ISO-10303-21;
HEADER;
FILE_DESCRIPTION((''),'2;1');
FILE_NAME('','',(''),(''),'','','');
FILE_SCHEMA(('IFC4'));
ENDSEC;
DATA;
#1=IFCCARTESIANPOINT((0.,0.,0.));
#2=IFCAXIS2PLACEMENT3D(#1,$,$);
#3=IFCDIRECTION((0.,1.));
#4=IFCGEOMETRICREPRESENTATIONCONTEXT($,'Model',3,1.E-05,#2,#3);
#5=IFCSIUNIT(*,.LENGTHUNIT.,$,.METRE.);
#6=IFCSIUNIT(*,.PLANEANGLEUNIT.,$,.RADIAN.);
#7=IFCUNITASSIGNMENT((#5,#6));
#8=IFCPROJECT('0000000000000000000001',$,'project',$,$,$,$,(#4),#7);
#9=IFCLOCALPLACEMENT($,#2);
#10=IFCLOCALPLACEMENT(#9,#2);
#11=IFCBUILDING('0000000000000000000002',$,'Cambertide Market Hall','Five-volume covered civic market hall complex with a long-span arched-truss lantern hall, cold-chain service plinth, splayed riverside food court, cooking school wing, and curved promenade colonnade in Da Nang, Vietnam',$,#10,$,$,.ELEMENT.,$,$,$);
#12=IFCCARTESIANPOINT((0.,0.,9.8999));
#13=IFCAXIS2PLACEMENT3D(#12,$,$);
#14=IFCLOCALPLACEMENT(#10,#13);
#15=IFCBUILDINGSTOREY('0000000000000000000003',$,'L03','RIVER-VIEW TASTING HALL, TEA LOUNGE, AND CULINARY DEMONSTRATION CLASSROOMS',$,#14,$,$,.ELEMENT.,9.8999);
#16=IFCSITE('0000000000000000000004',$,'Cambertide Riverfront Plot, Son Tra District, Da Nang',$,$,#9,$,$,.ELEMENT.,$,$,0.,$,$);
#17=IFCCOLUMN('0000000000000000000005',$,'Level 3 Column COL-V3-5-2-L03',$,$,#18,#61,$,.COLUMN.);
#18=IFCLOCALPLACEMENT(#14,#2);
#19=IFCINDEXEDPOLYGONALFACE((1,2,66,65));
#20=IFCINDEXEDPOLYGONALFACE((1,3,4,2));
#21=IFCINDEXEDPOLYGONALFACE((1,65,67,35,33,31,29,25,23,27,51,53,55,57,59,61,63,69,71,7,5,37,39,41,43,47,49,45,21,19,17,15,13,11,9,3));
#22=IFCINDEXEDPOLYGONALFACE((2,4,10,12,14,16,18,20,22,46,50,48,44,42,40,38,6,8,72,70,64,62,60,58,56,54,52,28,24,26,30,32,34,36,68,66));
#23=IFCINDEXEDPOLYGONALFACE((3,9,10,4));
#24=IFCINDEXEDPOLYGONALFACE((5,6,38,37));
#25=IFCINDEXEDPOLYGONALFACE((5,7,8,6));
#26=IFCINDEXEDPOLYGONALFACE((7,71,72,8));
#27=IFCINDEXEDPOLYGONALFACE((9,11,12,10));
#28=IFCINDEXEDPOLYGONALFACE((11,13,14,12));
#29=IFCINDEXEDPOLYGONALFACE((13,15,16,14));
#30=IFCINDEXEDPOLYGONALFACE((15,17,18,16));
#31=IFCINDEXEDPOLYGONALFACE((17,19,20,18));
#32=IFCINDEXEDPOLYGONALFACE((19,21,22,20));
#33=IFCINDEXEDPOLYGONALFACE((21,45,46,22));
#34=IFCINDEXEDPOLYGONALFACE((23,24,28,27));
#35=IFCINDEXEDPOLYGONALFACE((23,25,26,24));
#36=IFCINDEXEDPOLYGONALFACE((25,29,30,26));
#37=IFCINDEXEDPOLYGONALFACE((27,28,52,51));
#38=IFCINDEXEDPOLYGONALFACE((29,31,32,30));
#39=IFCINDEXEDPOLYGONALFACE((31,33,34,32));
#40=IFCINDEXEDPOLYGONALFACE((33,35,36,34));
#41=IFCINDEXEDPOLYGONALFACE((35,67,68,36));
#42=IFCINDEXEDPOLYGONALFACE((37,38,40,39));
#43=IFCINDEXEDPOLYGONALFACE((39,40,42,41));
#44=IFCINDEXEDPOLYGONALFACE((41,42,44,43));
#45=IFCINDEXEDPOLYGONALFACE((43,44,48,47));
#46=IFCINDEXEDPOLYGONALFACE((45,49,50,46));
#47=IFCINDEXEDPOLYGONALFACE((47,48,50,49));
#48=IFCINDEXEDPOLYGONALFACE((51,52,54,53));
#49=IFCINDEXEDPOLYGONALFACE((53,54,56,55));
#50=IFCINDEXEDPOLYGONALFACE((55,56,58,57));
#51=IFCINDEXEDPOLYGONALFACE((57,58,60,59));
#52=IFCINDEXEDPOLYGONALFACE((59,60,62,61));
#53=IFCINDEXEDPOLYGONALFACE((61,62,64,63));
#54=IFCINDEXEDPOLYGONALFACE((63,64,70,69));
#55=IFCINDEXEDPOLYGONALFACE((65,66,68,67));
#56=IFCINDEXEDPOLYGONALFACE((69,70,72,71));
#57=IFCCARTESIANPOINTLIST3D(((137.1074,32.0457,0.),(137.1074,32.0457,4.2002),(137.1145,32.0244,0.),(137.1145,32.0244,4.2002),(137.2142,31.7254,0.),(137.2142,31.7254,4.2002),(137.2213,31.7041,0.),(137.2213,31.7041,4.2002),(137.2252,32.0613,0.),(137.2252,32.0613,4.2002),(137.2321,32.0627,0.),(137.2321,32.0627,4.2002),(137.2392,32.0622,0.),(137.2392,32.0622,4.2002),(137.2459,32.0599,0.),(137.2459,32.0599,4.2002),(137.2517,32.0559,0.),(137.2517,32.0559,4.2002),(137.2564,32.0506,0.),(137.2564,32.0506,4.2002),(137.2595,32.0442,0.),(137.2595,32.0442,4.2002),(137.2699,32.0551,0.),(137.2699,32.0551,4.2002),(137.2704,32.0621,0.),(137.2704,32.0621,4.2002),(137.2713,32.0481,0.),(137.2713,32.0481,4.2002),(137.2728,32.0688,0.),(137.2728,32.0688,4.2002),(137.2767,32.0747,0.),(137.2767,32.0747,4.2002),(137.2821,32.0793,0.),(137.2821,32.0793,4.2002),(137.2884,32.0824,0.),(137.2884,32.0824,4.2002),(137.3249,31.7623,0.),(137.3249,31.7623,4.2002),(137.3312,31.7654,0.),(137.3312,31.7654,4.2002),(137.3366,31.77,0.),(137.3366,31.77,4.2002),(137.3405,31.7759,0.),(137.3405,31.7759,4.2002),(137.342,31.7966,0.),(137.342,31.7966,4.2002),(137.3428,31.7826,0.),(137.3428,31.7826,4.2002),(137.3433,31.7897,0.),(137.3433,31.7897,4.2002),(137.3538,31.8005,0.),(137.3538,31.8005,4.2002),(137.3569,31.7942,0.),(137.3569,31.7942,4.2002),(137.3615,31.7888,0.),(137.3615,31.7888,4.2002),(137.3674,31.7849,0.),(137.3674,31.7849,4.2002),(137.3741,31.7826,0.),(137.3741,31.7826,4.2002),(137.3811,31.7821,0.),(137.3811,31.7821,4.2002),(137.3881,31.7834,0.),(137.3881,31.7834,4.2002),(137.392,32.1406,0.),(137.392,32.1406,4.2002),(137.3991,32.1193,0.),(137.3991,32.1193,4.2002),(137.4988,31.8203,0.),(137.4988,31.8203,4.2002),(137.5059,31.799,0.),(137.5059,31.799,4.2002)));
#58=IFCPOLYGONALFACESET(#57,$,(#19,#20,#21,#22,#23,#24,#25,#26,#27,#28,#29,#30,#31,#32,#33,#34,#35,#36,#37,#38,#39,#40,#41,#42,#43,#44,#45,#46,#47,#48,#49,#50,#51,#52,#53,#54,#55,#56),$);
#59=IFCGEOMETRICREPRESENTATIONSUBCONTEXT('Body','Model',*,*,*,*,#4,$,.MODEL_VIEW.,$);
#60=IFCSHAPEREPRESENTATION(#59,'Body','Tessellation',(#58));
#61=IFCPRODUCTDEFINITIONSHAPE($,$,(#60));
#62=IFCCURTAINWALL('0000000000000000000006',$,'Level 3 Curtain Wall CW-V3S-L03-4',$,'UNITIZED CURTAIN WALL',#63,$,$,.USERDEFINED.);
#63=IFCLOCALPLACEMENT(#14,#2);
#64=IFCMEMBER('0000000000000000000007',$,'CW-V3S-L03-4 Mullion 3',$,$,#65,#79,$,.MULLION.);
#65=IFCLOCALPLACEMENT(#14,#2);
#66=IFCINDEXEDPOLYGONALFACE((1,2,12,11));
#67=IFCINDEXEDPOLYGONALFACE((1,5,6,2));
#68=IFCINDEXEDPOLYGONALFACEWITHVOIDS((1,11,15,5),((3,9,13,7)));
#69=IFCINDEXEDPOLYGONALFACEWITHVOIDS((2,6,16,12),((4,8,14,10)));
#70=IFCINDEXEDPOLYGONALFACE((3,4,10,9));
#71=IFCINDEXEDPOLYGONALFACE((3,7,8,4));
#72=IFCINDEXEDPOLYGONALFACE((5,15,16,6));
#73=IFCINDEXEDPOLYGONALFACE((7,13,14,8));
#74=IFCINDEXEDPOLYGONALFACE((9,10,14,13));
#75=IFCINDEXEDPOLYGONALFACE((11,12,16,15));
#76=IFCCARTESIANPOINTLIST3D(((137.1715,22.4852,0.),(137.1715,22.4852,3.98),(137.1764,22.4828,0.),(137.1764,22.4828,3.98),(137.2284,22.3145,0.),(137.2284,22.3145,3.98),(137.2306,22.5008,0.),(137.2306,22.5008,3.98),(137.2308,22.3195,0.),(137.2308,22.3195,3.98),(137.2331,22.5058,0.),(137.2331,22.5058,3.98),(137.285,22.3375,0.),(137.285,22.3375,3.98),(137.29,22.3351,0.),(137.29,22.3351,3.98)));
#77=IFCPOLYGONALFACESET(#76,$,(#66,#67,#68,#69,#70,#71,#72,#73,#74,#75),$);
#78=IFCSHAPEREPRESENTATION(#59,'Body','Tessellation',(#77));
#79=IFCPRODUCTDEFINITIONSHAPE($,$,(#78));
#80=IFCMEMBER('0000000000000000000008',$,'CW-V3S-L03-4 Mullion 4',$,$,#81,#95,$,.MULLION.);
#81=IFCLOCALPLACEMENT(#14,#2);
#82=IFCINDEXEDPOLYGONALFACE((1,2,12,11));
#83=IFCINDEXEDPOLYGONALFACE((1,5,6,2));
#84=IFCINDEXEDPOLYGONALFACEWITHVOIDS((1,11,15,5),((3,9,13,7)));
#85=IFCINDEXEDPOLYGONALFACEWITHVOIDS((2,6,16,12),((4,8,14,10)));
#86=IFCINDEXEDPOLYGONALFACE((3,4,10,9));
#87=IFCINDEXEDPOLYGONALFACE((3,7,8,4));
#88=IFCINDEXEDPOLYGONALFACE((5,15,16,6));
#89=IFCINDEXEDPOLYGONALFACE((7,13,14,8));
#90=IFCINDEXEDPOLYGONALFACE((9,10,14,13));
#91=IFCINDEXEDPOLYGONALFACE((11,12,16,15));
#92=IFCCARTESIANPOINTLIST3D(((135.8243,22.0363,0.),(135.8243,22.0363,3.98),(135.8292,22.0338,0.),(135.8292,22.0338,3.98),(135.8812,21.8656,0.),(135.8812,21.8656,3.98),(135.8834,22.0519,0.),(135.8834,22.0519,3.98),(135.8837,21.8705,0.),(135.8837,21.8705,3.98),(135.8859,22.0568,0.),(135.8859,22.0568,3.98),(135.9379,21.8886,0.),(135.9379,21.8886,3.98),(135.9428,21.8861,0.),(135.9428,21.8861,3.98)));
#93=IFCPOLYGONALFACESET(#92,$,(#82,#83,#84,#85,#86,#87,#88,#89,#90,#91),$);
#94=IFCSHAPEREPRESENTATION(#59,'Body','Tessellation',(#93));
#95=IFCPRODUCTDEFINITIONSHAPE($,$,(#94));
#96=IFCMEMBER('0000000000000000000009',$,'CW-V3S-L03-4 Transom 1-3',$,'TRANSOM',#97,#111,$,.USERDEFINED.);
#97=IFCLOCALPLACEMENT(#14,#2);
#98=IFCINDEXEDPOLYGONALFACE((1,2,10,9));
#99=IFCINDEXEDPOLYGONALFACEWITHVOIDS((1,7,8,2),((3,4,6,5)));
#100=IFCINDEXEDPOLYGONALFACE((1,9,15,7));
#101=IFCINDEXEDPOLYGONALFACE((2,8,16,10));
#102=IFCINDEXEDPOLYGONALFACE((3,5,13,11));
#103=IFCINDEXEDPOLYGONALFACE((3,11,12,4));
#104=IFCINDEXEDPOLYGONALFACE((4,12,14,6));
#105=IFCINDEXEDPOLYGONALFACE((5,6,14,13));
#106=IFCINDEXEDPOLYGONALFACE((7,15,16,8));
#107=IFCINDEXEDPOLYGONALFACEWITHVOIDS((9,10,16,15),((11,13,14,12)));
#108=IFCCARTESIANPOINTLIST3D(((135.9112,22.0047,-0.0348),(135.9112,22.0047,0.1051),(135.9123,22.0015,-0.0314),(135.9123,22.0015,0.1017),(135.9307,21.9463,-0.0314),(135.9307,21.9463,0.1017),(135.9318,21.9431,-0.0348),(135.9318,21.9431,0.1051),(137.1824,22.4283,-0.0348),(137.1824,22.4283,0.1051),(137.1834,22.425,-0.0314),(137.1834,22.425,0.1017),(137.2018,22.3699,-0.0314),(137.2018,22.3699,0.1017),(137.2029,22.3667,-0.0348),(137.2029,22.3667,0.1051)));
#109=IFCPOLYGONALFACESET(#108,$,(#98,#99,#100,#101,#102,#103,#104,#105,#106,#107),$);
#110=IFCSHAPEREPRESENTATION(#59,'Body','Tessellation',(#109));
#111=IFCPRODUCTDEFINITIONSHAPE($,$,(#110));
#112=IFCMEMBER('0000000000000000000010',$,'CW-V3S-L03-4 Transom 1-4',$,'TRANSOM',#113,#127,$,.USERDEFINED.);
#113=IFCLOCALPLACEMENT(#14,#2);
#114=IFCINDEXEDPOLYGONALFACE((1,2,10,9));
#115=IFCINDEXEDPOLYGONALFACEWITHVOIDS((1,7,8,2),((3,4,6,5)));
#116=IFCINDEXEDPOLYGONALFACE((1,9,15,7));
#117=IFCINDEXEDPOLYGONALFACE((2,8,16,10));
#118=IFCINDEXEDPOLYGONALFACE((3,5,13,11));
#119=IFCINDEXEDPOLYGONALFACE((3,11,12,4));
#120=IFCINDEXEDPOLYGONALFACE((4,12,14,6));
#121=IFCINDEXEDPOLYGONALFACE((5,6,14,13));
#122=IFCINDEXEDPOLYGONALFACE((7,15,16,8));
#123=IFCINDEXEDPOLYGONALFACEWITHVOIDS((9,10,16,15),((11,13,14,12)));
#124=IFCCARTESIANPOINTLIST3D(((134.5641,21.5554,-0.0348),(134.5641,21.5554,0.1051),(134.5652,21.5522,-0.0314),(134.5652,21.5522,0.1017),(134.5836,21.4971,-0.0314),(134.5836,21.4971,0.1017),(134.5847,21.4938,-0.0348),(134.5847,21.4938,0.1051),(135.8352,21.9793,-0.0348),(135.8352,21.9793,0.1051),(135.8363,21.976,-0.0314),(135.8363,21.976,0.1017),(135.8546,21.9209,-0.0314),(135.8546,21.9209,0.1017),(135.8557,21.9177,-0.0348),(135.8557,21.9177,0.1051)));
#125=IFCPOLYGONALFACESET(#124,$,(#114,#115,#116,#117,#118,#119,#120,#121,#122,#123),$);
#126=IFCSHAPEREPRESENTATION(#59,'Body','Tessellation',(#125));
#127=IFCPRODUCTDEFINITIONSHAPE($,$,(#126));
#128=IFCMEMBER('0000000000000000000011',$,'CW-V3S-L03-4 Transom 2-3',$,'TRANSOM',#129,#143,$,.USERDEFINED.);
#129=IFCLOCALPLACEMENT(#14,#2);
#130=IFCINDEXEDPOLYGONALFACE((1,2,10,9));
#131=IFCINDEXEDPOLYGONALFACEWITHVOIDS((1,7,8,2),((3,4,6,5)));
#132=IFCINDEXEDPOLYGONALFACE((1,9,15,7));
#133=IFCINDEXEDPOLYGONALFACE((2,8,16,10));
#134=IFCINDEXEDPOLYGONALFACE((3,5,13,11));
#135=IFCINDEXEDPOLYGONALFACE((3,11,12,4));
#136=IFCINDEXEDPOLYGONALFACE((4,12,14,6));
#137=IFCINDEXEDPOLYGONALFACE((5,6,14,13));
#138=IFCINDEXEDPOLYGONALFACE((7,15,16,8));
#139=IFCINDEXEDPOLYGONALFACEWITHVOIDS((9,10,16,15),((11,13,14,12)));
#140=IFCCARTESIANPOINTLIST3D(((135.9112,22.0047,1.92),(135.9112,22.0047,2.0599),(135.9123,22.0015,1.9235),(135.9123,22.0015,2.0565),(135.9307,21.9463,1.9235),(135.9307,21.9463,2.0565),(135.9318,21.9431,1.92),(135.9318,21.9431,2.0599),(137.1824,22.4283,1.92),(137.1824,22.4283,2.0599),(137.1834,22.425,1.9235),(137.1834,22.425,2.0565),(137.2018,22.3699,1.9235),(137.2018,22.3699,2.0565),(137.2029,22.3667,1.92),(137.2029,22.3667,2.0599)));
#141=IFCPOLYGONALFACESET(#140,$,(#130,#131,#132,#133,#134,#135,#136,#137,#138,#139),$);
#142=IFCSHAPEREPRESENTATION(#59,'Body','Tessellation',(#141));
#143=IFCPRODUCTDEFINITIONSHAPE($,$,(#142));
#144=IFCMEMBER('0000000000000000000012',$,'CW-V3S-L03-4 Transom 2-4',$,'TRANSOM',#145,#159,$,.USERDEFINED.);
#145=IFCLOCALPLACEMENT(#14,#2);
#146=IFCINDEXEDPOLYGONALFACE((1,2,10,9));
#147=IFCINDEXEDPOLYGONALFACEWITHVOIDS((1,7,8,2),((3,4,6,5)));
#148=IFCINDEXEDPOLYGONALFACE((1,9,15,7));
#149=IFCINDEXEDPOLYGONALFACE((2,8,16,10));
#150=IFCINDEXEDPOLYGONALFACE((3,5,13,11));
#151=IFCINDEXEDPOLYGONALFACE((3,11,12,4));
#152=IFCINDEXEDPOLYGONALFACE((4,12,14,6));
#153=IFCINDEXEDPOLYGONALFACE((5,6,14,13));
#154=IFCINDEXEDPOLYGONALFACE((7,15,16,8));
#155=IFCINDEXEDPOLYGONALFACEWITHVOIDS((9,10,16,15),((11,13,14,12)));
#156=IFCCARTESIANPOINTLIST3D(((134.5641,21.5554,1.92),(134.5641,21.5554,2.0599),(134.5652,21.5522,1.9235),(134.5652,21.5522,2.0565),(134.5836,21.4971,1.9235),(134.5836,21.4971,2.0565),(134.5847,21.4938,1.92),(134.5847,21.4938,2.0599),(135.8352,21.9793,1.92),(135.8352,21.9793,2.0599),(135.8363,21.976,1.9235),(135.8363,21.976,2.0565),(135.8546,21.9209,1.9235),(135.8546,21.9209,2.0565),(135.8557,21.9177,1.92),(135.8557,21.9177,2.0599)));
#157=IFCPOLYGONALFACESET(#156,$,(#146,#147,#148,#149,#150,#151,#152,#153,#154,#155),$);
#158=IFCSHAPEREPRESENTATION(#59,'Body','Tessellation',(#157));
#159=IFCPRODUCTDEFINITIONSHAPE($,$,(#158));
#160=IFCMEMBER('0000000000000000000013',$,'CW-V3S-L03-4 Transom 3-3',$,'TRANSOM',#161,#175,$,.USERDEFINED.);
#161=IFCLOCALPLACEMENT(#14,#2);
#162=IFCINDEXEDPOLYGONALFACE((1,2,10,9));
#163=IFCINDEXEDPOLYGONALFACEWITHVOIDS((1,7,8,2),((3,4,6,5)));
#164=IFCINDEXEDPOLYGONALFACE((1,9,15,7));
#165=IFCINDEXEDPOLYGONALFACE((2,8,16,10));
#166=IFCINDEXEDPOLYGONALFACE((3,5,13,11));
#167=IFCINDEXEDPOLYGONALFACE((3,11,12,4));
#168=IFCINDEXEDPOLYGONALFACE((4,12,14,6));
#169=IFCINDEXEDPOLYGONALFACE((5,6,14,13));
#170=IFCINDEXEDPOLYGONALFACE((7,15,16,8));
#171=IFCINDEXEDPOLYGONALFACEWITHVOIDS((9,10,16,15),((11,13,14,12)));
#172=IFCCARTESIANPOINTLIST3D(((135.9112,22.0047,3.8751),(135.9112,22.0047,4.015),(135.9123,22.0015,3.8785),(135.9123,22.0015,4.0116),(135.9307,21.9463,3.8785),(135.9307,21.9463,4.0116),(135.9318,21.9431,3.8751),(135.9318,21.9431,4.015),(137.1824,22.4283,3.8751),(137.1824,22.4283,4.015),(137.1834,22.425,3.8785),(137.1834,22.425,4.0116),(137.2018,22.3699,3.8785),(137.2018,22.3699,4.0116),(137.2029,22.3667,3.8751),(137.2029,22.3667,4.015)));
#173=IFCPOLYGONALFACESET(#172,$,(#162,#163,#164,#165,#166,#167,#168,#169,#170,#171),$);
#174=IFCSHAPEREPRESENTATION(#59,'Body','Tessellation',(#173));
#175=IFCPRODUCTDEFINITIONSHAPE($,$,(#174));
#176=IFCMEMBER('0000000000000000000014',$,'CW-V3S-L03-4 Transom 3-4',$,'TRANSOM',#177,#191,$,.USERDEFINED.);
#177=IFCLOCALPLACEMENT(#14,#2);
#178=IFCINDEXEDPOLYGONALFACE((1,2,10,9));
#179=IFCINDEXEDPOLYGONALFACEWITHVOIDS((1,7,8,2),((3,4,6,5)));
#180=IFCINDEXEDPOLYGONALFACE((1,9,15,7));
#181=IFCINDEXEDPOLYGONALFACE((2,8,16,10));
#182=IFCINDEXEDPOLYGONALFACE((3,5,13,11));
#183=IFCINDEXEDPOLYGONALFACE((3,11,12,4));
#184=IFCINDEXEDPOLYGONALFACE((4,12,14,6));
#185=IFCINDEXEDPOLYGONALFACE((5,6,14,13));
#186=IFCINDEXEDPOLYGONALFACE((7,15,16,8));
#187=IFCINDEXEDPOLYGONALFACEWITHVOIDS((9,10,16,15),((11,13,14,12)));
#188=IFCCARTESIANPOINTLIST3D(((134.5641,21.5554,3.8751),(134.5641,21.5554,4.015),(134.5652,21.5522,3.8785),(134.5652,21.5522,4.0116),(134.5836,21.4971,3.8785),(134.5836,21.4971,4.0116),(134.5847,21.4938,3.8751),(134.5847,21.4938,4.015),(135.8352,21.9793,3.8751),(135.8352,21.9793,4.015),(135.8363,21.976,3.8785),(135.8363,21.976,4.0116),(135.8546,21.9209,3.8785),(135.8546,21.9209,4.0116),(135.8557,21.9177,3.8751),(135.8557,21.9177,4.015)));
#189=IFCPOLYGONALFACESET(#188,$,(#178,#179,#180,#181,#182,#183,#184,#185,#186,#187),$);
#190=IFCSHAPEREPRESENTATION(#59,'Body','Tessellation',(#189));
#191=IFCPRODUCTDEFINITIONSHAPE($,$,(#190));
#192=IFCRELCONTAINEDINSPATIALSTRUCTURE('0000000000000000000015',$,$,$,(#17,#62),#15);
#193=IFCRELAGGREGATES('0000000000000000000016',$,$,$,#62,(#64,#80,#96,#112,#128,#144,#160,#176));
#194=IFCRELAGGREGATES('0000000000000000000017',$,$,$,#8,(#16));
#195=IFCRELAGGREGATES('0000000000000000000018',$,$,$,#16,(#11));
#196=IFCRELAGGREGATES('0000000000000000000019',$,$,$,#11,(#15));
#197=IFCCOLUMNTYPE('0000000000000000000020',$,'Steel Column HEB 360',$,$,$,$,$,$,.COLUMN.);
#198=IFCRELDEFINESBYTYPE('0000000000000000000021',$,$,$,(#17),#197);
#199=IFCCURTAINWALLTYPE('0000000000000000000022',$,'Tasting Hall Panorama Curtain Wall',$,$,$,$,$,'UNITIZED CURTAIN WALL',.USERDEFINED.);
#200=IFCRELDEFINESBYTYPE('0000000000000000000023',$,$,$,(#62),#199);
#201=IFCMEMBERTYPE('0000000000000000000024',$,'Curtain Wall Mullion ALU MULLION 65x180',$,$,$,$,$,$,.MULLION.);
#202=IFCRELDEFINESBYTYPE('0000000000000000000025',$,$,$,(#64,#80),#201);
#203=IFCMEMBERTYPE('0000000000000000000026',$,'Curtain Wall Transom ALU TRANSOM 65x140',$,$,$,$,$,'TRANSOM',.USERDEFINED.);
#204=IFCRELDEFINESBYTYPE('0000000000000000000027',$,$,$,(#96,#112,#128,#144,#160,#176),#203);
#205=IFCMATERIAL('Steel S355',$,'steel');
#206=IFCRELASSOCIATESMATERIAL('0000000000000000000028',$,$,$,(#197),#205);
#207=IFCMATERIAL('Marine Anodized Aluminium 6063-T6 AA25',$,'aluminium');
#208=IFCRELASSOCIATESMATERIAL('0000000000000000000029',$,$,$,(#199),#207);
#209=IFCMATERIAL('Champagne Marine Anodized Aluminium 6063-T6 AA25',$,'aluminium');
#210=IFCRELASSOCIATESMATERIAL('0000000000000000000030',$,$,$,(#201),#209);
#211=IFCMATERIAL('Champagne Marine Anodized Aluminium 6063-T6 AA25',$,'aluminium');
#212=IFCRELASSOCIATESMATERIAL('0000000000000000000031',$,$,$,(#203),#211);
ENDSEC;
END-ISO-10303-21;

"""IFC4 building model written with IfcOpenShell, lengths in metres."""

from ifc_helpers import new_model, si_unit, direction, frame, origin, origin_2d, place, context, subcontext, project, spatial, hollow_rectangle, i_section, extrude, material, material_profile, profile_set, type_object, element, aggregate, save


model = new_model("IFC4")

# Units and contexts
model_context = context("Model", 3, precision=1e-05, world=origin(), true_north=direction((0.0, 1.0)))
body_context = subcontext(model_context, "Body", "Model", "MODEL_VIEW")
ifc_project = project(units=[si_unit("LENGTHUNIT", "METRE"), si_unit("PLANEANGLEUNIT", "RADIAN")], contexts=[model_context])

# Site, building, storey
site_placement = place(None, origin())
site = spatial("IfcSite", under=ifc_project, at=site_placement, Name="Cambertide Riverfront Plot, Son Tra District, Da Nang", CompositionType="ELEMENT", RefElevation=0.0)
building_placement = place(site_placement, origin())
building = spatial("IfcBuilding", under=site, at=building_placement, Name="Cambertide Market Hall", Description="Five-volume covered civic market hall complex with a long-span arched-truss lantern hall, cold-chain service plinth, splayed riverside food court, cooking school wing, and curved promenade colonnade in Da Nang, Vietnam", CompositionType="ELEMENT")
storey_placement = place(building_placement, frame((0.0, 0.0, 9.8999)))
storey = spatial("IfcBuildingStorey", under=building, at=storey_placement, Name="L03", Description="RIVER-VIEW TASTING HALL, TEA LOUNGE, AND CULINARY DEMONSTRATION CLASSROOMS", CompositionType="ELEMENT", Elevation=9.8999)

# Column
ifc_material_1 = material(Name="Steel S355", Category="steel")
ifc_material_profile_1 = material_profile(ifc_material_1, i_section(OverallWidth=0.3, OverallDepth=0.3601, WebThickness=0.0125, FlangeThickness=0.0225, FilletRadius=0.0271, at=origin_2d()), Name="HEB 360")
ifc_profile_set_1 = profile_set([ifc_material_profile_1], Name="Steel S355")
column_type = type_object("IfcColumnType", Name="Steel Column HEB 360", PredefinedType="COLUMN", material=ifc_profile_set_1)
column_placement = place(storey_placement, frame((137.3066, 31.9224, 0.0), z_axis=(0.0, 0.0, 1.0), x_axis=(0.948683, 0.316228, 0.0)))
element("IfcColumn", 1, at=column_placement, inside=storey, type_object=column_type, Name="Level 3 Column COL-V3-5-2-L03", PredefinedType="COLUMN", context=body_context, shape_type="SweptSolid", body=[
    extrude(i_section(OverallWidth=0.3, OverallDepth=0.3601, WebThickness=0.0125, FlangeThickness=0.0225, FilletRadius=0.0271, at=origin_2d()), origin(), (0.0, 0.0, 1.0), 4.2002),
])

# Curtain wall, members
ifc_material_2 = material(Name="Marine Anodized Aluminium 6063-T6 AA25", Category="aluminium")
curtain_wall_type = type_object("IfcCurtainWallType", Name="Tasting Hall Panorama Curtain Wall", ElementType="UNITIZED CURTAIN WALL", PredefinedType="USERDEFINED", material=ifc_material_2)
curtain_wall_placement = place(storey_placement, origin())
curtain_wall = element("IfcCurtainWall", 2, at=curtain_wall_placement, inside=storey, type_object=curtain_wall_type, Name="Level 3 Curtain Wall CW-V3S-L03-4", ObjectType="UNITIZED CURTAIN WALL", PredefinedType="USERDEFINED")
ifc_material_3 = material(Name="Champagne Marine Anodized Aluminium 6063-T6 AA25", Category="aluminium")
ifc_material_profile_2 = material_profile(ifc_material_3, hollow_rectangle(XDim=0.0649, YDim=0.1799, WallThickness=0.0039, at=origin_2d()), Name="ALU MULLION 65x180")
ifc_profile_set_2 = profile_set([ifc_material_profile_2], Name="Champagne Marine Anodized Aluminium 6063-T6 AA25")
member_type_1 = type_object("IfcMemberType", Name="Curtain Wall Mullion ALU MULLION 65x180", PredefinedType="MULLION", material=ifc_profile_set_2)
member_1_placement = place(storey_placement, frame((137.2307, 22.4102, 0.0), z_axis=(0.0, 0.0, 1.0), x_axis=(-0.948683, -0.316228, 0.0)))
member_1 = element("IfcMember", 3, at=member_1_placement, type_object=member_type_1, Name="CW-V3S-L03-4 Mullion 3", PredefinedType="MULLION", context=body_context, shape_type="SweptSolid", body=[
    extrude(hollow_rectangle(XDim=0.0649, YDim=0.1799, WallThickness=0.0039, at=origin_2d()), origin(), (0.0, 0.0, 1.0), 3.98),
])
member_2_placement = place(storey_placement, frame((135.8835, 21.9612, 0.0), z_axis=(0.0, 0.0, 1.0), x_axis=(-0.948683, -0.316228, 0.0)))
member_2 = element("IfcMember", 4, at=member_2_placement, type_object=member_type_1, Name="CW-V3S-L03-4 Mullion 4", PredefinedType="MULLION", context=body_context, shape_type="SweptSolid", body=[
    extrude(hollow_rectangle(XDim=0.0649, YDim=0.1799, WallThickness=0.0039, at=origin_2d()), origin(), (0.0, 0.0, 1.0), 3.98),
])
ifc_material_4 = material(Name="Champagne Marine Anodized Aluminium 6063-T6 AA25", Category="aluminium")
ifc_material_profile_3 = material_profile(ifc_material_4, hollow_rectangle(XDim=0.0649, YDim=0.1399, WallThickness=0.0034, at=origin_2d()), Name="ALU TRANSOM 65x140")
ifc_profile_set_3 = profile_set([ifc_material_profile_3], Name="Champagne Marine Anodized Aluminium 6063-T6 AA25")
member_type_2 = type_object("IfcMemberType", Name="Curtain Wall Transom ALU TRANSOM 65x140", ElementType="TRANSOM", PredefinedType="USERDEFINED", material=ifc_profile_set_3)
member_3_placement = place(storey_placement, frame((137.1926, 22.3975, 0.0352), z_axis=(-0.94872, -0.316118, 0.0), x_axis=(0.316118, -0.94872, 0.0)))
member_3 = element("IfcMember", 5, at=member_3_placement, type_object=member_type_2, Name="CW-V3S-L03-4 Transom 1-3", ObjectType="TRANSOM", PredefinedType="USERDEFINED", context=body_context, shape_type="SweptSolid", body=[
    extrude(hollow_rectangle(XDim=0.0649, YDim=0.1399, WallThickness=0.0034, at=origin_2d()), origin(), (0.0, 0.0, 1.0), 1.3398),
])
member_4_placement = place(storey_placement, frame((135.8455, 21.9485, 0.0352), z_axis=(-0.948647, -0.316337, 0.0), x_axis=(0.316337, -0.948647, 0.0)))
member_4 = element("IfcMember", 6, at=member_4_placement, type_object=member_type_2, Name="CW-V3S-L03-4 Transom 1-4", ObjectType="TRANSOM", PredefinedType="USERDEFINED", context=body_context, shape_type="SweptSolid", body=[
    extrude(hollow_rectangle(XDim=0.0649, YDim=0.1399, WallThickness=0.0034, at=origin_2d()), origin(), (0.0, 0.0, 1.0), 1.3398),
])
member_5_placement = place(storey_placement, frame((137.1926, 22.3975, 1.99), z_axis=(-0.94872, -0.316118, 0.0), x_axis=(0.316118, -0.94872, 0.0)))
member_5 = element("IfcMember", 7, at=member_5_placement, type_object=member_type_2, Name="CW-V3S-L03-4 Transom 2-3", ObjectType="TRANSOM", PredefinedType="USERDEFINED", context=body_context, shape_type="SweptSolid", body=[
    extrude(hollow_rectangle(XDim=0.0649, YDim=0.1399, WallThickness=0.0034, at=origin_2d()), origin(), (0.0, 0.0, 1.0), 1.3398),
])
member_6_placement = place(storey_placement, frame((135.8455, 21.9485, 1.99), z_axis=(-0.948647, -0.316337, 0.0), x_axis=(0.316337, -0.948647, 0.0)))
member_6 = element("IfcMember", 8, at=member_6_placement, type_object=member_type_2, Name="CW-V3S-L03-4 Transom 2-4", ObjectType="TRANSOM", PredefinedType="USERDEFINED", context=body_context, shape_type="SweptSolid", body=[
    extrude(hollow_rectangle(XDim=0.0649, YDim=0.1399, WallThickness=0.0034, at=origin_2d()), origin(), (0.0, 0.0, 1.0), 1.3398),
])
member_7_placement = place(storey_placement, frame((137.1926, 22.3975, 3.9451), z_axis=(-0.94872, -0.316118, 0.0), x_axis=(0.316118, -0.94872, 0.0)))
member_7 = element("IfcMember", 9, at=member_7_placement, type_object=member_type_2, Name="CW-V3S-L03-4 Transom 3-3", ObjectType="TRANSOM", PredefinedType="USERDEFINED", context=body_context, shape_type="SweptSolid", body=[
    extrude(hollow_rectangle(XDim=0.0649, YDim=0.1399, WallThickness=0.0034, at=origin_2d()), origin(), (0.0, 0.0, 1.0), 1.3398),
])
member_8_placement = place(storey_placement, frame((135.8455, 21.9485, 3.9451), z_axis=(-0.948647, -0.316337, 0.0), x_axis=(0.316337, -0.948647, 0.0)))
member_8 = element("IfcMember", 10, at=member_8_placement, type_object=member_type_2, Name="CW-V3S-L03-4 Transom 3-4", ObjectType="TRANSOM", PredefinedType="USERDEFINED", context=body_context, shape_type="SweptSolid", body=[
    extrude(hollow_rectangle(XDim=0.0649, YDim=0.1399, WallThickness=0.0034, at=origin_2d()), origin(), (0.0, 0.0, 1.0), 1.3398),
])

aggregate(curtain_wall, [member_1, member_2, member_3, member_4, member_5, member_6, member_7, member_8])

save(model, "model.ifc")
